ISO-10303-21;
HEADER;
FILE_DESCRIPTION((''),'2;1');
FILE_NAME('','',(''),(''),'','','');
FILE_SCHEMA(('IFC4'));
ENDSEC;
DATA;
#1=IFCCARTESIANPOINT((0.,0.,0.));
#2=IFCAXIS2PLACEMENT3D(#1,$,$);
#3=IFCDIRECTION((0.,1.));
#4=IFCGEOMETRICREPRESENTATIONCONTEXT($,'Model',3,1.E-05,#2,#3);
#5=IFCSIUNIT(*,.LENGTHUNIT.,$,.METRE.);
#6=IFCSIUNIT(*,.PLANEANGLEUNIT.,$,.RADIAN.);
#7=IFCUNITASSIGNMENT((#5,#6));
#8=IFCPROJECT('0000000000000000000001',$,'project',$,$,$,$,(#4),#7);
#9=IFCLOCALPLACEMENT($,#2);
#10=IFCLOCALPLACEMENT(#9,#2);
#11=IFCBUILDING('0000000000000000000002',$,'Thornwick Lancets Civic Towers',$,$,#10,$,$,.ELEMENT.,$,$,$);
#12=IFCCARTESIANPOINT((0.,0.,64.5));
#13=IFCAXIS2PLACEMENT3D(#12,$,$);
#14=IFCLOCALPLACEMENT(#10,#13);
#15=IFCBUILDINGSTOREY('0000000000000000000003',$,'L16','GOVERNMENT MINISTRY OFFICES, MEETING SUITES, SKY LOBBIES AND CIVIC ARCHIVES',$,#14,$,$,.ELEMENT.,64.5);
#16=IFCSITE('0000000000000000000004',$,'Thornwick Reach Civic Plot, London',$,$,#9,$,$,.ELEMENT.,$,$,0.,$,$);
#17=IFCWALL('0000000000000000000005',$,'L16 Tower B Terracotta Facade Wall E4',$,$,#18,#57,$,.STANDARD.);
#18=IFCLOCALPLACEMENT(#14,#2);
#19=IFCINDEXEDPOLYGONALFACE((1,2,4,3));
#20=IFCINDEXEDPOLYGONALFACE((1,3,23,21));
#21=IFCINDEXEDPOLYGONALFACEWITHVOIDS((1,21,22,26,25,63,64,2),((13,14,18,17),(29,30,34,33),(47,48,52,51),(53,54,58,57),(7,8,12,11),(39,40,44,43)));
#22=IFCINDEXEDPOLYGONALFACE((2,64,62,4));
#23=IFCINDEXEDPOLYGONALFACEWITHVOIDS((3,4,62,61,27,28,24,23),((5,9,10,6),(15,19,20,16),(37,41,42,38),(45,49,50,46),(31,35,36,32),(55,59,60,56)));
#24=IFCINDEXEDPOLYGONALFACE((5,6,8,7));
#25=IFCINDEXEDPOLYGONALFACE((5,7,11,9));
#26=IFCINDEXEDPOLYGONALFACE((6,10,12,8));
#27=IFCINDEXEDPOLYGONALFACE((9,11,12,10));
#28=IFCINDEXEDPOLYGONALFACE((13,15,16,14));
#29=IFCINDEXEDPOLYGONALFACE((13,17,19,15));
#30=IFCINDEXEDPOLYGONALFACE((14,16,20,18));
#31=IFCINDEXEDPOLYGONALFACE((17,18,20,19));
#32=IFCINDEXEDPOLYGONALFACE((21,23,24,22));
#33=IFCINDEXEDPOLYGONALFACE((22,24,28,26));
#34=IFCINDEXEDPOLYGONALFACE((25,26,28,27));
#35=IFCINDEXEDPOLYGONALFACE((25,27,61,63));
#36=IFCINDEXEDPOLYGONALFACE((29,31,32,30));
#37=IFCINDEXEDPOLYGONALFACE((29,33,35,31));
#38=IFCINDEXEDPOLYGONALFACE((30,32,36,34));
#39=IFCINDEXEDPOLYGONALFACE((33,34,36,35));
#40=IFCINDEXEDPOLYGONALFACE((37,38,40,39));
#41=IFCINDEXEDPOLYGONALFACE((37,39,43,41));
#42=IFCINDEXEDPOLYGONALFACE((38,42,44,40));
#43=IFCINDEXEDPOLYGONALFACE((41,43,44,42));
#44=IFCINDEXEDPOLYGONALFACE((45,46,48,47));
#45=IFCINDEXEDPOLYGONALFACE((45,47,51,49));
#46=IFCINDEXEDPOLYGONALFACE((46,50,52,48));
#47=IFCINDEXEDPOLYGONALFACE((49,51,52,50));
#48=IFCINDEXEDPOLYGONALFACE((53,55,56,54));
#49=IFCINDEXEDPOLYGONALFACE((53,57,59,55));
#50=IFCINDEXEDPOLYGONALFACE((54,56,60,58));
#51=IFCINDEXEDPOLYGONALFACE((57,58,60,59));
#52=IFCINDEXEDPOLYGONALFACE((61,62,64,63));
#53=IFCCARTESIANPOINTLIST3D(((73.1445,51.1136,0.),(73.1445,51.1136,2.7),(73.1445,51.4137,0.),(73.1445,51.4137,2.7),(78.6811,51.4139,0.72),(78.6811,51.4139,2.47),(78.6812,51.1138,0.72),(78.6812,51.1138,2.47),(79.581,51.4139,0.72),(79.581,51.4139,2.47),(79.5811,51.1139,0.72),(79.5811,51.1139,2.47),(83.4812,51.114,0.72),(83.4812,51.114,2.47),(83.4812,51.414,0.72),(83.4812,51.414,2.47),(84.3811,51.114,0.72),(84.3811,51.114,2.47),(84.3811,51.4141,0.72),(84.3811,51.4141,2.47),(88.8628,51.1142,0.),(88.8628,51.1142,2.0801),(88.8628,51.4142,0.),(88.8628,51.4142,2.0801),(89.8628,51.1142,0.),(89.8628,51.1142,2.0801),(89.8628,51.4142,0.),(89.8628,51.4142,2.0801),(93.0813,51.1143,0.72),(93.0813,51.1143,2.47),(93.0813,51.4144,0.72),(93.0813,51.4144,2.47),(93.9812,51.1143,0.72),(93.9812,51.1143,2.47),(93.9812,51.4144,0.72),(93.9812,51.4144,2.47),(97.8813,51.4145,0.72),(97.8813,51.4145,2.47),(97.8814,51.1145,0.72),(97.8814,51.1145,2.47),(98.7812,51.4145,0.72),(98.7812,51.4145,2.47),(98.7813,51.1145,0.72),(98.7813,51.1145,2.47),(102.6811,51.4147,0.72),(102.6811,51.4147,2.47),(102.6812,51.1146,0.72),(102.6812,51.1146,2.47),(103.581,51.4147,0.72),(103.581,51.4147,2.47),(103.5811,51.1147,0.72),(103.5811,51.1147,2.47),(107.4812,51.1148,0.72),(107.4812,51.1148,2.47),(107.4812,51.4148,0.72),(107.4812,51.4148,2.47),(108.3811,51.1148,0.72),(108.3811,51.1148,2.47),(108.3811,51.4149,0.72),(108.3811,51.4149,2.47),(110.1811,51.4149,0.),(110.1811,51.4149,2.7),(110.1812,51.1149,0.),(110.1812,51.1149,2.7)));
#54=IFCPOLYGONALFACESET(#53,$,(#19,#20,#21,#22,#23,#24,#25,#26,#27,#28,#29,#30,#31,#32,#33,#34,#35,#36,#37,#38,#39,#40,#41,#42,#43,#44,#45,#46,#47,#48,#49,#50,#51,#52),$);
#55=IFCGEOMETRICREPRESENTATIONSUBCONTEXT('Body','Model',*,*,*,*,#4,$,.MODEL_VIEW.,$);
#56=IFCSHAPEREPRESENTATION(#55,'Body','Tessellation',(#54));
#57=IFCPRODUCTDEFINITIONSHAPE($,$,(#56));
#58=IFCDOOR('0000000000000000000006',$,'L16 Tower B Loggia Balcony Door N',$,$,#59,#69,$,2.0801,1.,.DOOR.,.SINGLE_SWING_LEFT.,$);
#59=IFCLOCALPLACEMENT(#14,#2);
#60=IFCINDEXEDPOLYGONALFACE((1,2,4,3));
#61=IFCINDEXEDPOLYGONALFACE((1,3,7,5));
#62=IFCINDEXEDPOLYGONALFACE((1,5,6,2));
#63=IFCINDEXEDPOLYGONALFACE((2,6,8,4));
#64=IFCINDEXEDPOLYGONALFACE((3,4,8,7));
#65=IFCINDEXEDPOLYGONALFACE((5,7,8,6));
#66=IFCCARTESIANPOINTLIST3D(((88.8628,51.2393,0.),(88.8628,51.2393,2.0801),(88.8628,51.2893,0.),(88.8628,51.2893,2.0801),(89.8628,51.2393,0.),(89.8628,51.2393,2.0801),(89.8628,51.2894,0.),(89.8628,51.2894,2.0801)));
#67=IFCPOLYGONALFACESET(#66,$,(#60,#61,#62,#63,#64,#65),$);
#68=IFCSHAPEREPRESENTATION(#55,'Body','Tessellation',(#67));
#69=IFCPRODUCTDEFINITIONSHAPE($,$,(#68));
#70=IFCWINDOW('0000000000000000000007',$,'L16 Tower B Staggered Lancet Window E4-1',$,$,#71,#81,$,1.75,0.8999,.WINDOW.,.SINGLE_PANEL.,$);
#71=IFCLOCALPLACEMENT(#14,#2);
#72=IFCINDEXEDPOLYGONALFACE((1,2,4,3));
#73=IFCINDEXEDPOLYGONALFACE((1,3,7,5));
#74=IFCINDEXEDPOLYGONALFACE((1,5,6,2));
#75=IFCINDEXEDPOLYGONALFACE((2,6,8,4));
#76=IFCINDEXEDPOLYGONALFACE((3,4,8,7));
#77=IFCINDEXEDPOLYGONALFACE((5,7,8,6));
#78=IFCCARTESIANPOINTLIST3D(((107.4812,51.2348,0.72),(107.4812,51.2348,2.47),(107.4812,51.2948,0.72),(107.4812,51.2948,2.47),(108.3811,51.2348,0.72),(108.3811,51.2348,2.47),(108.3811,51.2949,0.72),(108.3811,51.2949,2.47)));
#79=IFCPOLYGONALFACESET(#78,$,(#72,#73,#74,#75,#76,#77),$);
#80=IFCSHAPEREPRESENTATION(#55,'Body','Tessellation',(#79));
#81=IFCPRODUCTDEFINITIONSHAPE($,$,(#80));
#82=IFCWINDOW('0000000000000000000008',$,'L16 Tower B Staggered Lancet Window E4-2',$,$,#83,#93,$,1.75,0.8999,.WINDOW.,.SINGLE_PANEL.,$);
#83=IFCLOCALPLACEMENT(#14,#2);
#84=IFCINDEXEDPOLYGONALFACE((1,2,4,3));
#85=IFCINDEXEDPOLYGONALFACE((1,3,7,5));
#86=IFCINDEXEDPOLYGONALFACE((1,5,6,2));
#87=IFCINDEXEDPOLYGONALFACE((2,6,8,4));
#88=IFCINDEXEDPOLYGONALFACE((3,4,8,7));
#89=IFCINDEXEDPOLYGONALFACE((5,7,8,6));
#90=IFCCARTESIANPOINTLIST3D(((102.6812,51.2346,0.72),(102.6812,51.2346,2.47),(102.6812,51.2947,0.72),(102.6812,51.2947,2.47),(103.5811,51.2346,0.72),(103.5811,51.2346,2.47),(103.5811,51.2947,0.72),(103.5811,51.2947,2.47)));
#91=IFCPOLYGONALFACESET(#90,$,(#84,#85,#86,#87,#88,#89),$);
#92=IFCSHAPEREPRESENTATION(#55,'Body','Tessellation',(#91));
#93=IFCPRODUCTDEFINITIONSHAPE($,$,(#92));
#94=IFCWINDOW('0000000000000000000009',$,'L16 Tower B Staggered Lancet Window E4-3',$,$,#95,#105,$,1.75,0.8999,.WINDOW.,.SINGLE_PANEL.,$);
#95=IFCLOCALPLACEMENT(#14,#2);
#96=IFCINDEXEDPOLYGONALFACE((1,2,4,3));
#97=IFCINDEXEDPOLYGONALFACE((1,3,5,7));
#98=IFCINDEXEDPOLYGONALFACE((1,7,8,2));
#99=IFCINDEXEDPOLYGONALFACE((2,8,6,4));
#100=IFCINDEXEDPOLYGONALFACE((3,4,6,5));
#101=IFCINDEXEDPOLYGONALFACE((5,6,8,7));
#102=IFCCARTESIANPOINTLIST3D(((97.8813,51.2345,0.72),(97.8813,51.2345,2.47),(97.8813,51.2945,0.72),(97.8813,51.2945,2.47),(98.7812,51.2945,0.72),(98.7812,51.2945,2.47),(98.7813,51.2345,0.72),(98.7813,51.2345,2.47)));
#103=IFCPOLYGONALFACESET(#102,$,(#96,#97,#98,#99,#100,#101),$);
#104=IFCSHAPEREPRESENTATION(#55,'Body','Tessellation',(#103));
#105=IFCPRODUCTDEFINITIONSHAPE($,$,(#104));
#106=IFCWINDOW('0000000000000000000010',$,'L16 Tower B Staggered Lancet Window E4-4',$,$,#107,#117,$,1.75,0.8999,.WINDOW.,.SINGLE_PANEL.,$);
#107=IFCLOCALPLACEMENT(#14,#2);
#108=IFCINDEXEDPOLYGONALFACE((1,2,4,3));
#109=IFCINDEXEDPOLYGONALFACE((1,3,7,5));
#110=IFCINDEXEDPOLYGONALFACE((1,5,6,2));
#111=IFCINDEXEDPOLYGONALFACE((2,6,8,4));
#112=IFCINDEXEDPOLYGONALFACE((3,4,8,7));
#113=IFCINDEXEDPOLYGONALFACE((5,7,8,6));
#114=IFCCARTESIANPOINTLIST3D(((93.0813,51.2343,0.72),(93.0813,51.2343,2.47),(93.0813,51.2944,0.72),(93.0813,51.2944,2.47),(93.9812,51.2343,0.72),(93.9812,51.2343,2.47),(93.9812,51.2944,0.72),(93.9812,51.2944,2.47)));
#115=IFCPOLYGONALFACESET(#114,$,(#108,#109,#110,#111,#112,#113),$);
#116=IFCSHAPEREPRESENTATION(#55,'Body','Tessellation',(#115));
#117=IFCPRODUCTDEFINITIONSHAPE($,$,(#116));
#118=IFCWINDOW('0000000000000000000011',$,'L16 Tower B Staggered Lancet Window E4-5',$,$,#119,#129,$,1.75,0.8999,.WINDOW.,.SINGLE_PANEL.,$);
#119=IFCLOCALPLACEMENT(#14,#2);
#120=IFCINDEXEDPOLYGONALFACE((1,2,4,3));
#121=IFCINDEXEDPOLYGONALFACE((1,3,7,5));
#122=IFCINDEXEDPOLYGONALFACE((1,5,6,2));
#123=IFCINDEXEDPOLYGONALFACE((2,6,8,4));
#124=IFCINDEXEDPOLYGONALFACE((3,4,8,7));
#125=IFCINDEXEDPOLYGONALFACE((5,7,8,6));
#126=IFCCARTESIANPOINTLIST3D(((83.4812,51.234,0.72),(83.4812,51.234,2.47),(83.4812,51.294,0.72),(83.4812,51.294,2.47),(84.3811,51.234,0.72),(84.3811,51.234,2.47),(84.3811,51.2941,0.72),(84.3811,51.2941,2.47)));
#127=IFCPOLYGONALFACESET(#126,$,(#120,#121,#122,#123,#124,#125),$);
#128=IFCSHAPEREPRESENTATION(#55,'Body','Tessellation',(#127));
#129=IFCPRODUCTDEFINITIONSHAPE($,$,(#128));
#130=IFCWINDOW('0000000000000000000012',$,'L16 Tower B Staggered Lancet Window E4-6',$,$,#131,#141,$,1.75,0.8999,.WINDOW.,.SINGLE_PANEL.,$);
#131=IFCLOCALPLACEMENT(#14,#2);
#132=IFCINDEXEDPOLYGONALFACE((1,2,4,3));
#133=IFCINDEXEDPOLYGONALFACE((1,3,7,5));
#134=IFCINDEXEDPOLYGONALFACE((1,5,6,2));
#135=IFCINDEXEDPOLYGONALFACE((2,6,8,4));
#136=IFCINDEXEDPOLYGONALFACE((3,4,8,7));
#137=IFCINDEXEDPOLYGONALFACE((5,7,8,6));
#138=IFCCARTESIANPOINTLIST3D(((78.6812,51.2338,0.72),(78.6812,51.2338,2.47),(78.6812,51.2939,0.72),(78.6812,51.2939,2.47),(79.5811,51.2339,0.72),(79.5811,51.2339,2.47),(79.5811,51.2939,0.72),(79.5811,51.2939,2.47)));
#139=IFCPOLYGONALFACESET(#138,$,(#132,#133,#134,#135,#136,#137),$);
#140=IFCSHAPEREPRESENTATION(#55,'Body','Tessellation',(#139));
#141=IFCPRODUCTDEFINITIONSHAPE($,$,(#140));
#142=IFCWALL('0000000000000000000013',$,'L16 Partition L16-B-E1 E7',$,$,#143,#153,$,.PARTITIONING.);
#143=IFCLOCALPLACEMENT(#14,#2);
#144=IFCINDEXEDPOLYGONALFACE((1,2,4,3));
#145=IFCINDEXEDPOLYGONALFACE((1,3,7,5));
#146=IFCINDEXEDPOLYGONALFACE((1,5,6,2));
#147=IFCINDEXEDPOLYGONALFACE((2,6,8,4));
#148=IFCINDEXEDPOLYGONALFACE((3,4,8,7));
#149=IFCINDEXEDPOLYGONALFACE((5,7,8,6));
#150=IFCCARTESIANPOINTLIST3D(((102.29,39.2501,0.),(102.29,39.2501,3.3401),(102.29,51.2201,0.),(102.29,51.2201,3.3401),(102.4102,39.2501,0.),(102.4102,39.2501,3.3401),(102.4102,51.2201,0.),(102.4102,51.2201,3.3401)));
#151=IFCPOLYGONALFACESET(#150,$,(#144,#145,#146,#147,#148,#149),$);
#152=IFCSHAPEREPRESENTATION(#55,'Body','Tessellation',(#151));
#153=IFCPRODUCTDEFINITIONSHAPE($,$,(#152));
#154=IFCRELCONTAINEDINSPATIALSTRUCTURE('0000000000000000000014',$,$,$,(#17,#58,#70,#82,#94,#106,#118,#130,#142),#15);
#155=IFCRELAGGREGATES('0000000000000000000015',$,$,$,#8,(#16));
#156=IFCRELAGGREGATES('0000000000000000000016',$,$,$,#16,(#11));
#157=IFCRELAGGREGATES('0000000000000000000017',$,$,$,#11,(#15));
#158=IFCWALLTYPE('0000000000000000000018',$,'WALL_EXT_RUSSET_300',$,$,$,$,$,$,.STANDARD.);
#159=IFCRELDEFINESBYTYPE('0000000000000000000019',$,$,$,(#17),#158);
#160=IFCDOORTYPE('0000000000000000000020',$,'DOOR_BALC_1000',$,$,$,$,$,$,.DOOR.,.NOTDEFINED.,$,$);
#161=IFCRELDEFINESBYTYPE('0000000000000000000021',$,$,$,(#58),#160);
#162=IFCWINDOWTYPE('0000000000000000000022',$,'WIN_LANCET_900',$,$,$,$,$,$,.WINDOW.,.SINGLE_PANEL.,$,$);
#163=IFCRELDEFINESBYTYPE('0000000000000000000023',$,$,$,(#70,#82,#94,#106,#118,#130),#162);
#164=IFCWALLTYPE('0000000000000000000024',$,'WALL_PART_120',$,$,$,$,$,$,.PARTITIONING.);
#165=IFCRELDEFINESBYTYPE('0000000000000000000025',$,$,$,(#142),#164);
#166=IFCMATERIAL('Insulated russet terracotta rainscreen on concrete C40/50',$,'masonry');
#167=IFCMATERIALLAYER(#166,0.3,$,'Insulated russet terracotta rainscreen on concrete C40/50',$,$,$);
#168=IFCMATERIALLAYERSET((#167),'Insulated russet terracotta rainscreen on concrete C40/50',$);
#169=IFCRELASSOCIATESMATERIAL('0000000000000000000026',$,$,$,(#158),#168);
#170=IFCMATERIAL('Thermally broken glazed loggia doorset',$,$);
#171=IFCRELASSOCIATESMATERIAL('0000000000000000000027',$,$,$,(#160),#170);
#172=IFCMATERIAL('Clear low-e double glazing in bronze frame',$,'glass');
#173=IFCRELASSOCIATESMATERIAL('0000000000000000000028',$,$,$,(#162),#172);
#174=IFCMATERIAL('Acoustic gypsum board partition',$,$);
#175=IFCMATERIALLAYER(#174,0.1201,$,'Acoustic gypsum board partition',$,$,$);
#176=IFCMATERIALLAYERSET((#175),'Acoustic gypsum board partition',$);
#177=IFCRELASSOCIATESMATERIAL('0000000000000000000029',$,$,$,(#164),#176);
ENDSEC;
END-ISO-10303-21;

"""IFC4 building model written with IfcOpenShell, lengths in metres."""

from ifc_helpers import new_model, si_unit, direction, frame, frame_2d, origin, place, context, subcontext, project, spatial, rectangle, extrude, material, layer, layer_set, type_object, element, fill, save


model = new_model("IFC4")

# Units and contexts
model_context = context("Model", 3, precision=1e-05, world=origin(), true_north=direction((0.0, 1.0)))
body_context = subcontext(model_context, "Body", "Model", "MODEL_VIEW")
ifc_project = project(units=[si_unit("LENGTHUNIT", "METRE"), si_unit("PLANEANGLEUNIT", "RADIAN")], contexts=[model_context])

# Site, building, storey
site_placement = place(None, origin())
site = spatial("IfcSite", under=ifc_project, at=site_placement, Name="Thornwick Reach Civic Plot, London", CompositionType="ELEMENT", RefElevation=0.0)
building_placement = place(site_placement, origin())
building = spatial("IfcBuilding", under=site, at=building_placement, Name="Thornwick Lancets Civic Towers", CompositionType="ELEMENT")
storey_placement = place(building_placement, frame((0.0, 0.0, 64.5)))
storey = spatial("IfcBuildingStorey", under=building, at=storey_placement, Name="L16", Description="GOVERNMENT MINISTRY OFFICES, MEETING SUITES, SKY LOBBIES AND CIVIC ARCHIVES", CompositionType="ELEMENT", Elevation=64.5)

# Wall, openings, door, windows
ifc_material_1 = material(Name="Insulated russet terracotta rainscreen on concrete C40/50", Category="masonry")
ifc_layer_1 = layer(ifc_material_1, 0.3, Name="Insulated russet terracotta rainscreen on concrete C40/50")
ifc_layer_set_1 = layer_set([ifc_layer_1], Name="Insulated russet terracotta rainscreen on concrete C40/50")
wall_type_1 = type_object("IfcWallType", Name="WALL_EXT_RUSSET_300", PredefinedType="STANDARD", material=ifc_layer_set_1)
wall_1_placement = place(storey_placement, frame((110.1812, 51.2649, 0.0), z_axis=(0.0, 0.0, 1.0), x_axis=(-1.0, -0.000033, 0.0)))
wall_1 = element("IfcWall", 1, at=wall_1_placement, inside=storey, type_object=wall_type_1, Name="L16 Tower B Terracotta Facade Wall E4", PredefinedType="STANDARD", context=body_context, shape_type="SweptSolid", body=[
    extrude(rectangle(XDim=37.0366, YDim=0.3, at=frame_2d((18.5183, 0.0))), origin(), (0.0, 0.0, 1.0), 2.7),
])
opening_1_placement = place(wall_1_placement, frame((20.3184, 0.0, 0.0)))
opening_1 = element("IfcOpeningElement", 2, at=opening_1_placement, cuts=wall_1, PredefinedType="OPENING", context=body_context, shape_type="SweptSolid", body=[
    extrude(rectangle(XDim=1.0, YDim=2.0801, at=frame_2d((0.5, 1.04))), frame((0.0, 0.1602, 0.0), z_axis=(0.0, -1.0, 0.0), x_axis=(1.0, 0.0, 0.0)), (0.0, 0.0, 1.0), 0.3201),
])
opening_2_placement = place(wall_1_placement, frame((1.8, 0.0, 0.72)))
opening_2 = element("IfcOpeningElement", 3, at=opening_2_placement, cuts=wall_1, PredefinedType="OPENING", context=body_context, shape_type="SweptSolid", body=[
    extrude(rectangle(XDim=0.8999, YDim=1.75, at=frame_2d((0.45, 0.875))), frame((0.0, 0.1602, 0.0), z_axis=(0.0, -1.0, 0.0), x_axis=(1.0, 0.0, 0.0)), (0.0, 0.0, 1.0), 0.3201),
])
opening_3_placement = place(wall_1_placement, frame((6.6001, 0.0, 0.72)))
opening_3 = element("IfcOpeningElement", 4, at=opening_3_placement, cuts=wall_1, PredefinedType="OPENING", context=body_context, shape_type="SweptSolid", body=[
    extrude(rectangle(XDim=0.8999, YDim=1.75, at=frame_2d((0.45, 0.875))), frame((0.0, 0.1602, 0.0), z_axis=(0.0, -1.0, 0.0), x_axis=(1.0, 0.0, 0.0)), (0.0, 0.0, 1.0), 0.3201),
])
opening_4_placement = place(wall_1_placement, frame((11.3999, 0.0, 0.72)))
opening_4 = element("IfcOpeningElement", 5, at=opening_4_placement, cuts=wall_1, PredefinedType="OPENING", context=body_context, shape_type="SweptSolid", body=[
    extrude(rectangle(XDim=0.8999, YDim=1.75, at=frame_2d((0.45, 0.875))), frame((0.0, 0.1602, 0.0), z_axis=(0.0, -1.0, 0.0), x_axis=(1.0, 0.0, 0.0)), (0.0, 0.0, 1.0), 0.3201),
])
opening_5_placement = place(wall_1_placement, frame((16.2, 0.0, 0.72)))
opening_5 = element("IfcOpeningElement", 6, at=opening_5_placement, cuts=wall_1, PredefinedType="OPENING", context=body_context, shape_type="SweptSolid", body=[
    extrude(rectangle(XDim=0.8999, YDim=1.75, at=frame_2d((0.45, 0.875))), frame((0.0, 0.1602, 0.0), z_axis=(0.0, -1.0, 0.0), x_axis=(1.0, 0.0, 0.0)), (0.0, 0.0, 1.0), 0.3201),
])
opening_6_placement = place(wall_1_placement, frame((25.8, 0.0, 0.72)))
opening_6 = element("IfcOpeningElement", 7, at=opening_6_placement, cuts=wall_1, PredefinedType="OPENING", context=body_context, shape_type="SweptSolid", body=[
    extrude(rectangle(XDim=0.8999, YDim=1.75, at=frame_2d((0.45, 0.875))), frame((0.0, 0.1602, 0.0), z_axis=(0.0, -1.0, 0.0), x_axis=(1.0, 0.0, 0.0)), (0.0, 0.0, 1.0), 0.3201),
])
opening_7_placement = place(wall_1_placement, frame((30.6001, 0.0, 0.72)))
opening_7 = element("IfcOpeningElement", 8, at=opening_7_placement, cuts=wall_1, PredefinedType="OPENING", context=body_context, shape_type="SweptSolid", body=[
    extrude(rectangle(XDim=0.8999, YDim=1.75, at=frame_2d((0.45, 0.875))), frame((0.0, 0.1602, 0.0), z_axis=(0.0, -1.0, 0.0), x_axis=(1.0, 0.0, 0.0)), (0.0, 0.0, 1.0), 0.3201),
])
ifc_material_2 = material(Name="Thermally broken glazed loggia doorset")
door_type = type_object("IfcDoorType", Name="DOOR_BALC_1000", OperationType="NOTDEFINED", PredefinedType="DOOR", material=ifc_material_2)
door_placement = place(opening_1_placement, origin())
door = element("IfcDoor", 9, at=door_placement, inside=storey, type_object=door_type, Name="L16 Tower B Loggia Balcony Door N", OperationType="SINGLE_SWING_LEFT", OverallHeight=2.0801, OverallWidth=1.0, PredefinedType="DOOR", context=body_context, shape_type="SweptSolid", body=[
    extrude(rectangle(XDim=1.0, YDim=2.0801, at=frame_2d((0.5, 1.04))), frame((0.0, 0.0249, 0.0), z_axis=(0.0, -1.0, 0.0), x_axis=(1.0, 0.0, 0.0)), (0.0, 0.0, 1.0), 0.05),
])
fill(opening_1, door)
ifc_material_3 = material(Name="Clear low-e double glazing in bronze frame", Category="glass")
window_type = type_object("IfcWindowType", Name="WIN_LANCET_900", PartitioningType="SINGLE_PANEL", PredefinedType="WINDOW", material=ifc_material_3)
window_1_placement = place(opening_2_placement, origin())
window_1 = element("IfcWindow", 10, at=window_1_placement, inside=storey, type_object=window_type, Name="L16 Tower B Staggered Lancet Window E4-1", OverallHeight=1.75, OverallWidth=0.8999, PartitioningType="SINGLE_PANEL", PredefinedType="WINDOW", context=body_context, shape_type="SweptSolid", body=[
    extrude(rectangle(XDim=0.8999, YDim=1.75, at=frame_2d((0.45, 0.875))), frame((0.0, 0.03, 0.0), z_axis=(0.0, -1.0, 0.0), x_axis=(1.0, 0.0, 0.0)), (0.0, 0.0, 1.0), 0.0601),
])
fill(opening_2, window_1)
window_2_placement = place(opening_3_placement, origin())
window_2 = element("IfcWindow", 11, at=window_2_placement, inside=storey, type_object=window_type, Name="L16 Tower B Staggered Lancet Window E4-2", OverallHeight=1.75, OverallWidth=0.8999, PartitioningType="SINGLE_PANEL", PredefinedType="WINDOW", context=body_context, shape_type="SweptSolid", body=[
    extrude(rectangle(XDim=0.8999, YDim=1.75, at=frame_2d((0.45, 0.875))), frame((0.0, 0.03, 0.0), z_axis=(0.0, -1.0, 0.0), x_axis=(1.0, 0.0, 0.0)), (0.0, 0.0, 1.0), 0.0601),
])
fill(opening_3, window_2)
window_3_placement = place(opening_4_placement, origin())
window_3 = element("IfcWindow", 12, at=window_3_placement, inside=storey, type_object=window_type, Name="L16 Tower B Staggered Lancet Window E4-3", OverallHeight=1.75, OverallWidth=0.8999, PartitioningType="SINGLE_PANEL", PredefinedType="WINDOW", context=body_context, shape_type="SweptSolid", body=[
    extrude(rectangle(XDim=0.8999, YDim=1.75, at=frame_2d((0.45, 0.875))), frame((0.0, 0.03, 0.0), z_axis=(0.0, -1.0, 0.0), x_axis=(1.0, 0.0, 0.0)), (0.0, 0.0, 1.0), 0.0601),
])
fill(opening_4, window_3)
window_4_placement = place(opening_5_placement, origin())
window_4 = element("IfcWindow", 13, at=window_4_placement, inside=storey, type_object=window_type, Name="L16 Tower B Staggered Lancet Window E4-4", OverallHeight=1.75, OverallWidth=0.8999, PartitioningType="SINGLE_PANEL", PredefinedType="WINDOW", context=body_context, shape_type="SweptSolid", body=[
    extrude(rectangle(XDim=0.8999, YDim=1.75, at=frame_2d((0.45, 0.875))), frame((0.0, 0.03, 0.0), z_axis=(0.0, -1.0, 0.0), x_axis=(1.0, 0.0, 0.0)), (0.0, 0.0, 1.0), 0.0601),
])
fill(opening_5, window_4)
window_5_placement = place(opening_6_placement, origin())
window_5 = element("IfcWindow", 14, at=window_5_placement, inside=storey, type_object=window_type, Name="L16 Tower B Staggered Lancet Window E4-5", OverallHeight=1.75, OverallWidth=0.8999, PartitioningType="SINGLE_PANEL", PredefinedType="WINDOW", context=body_context, shape_type="SweptSolid", body=[
    extrude(rectangle(XDim=0.8999, YDim=1.75, at=frame_2d((0.45, 0.875))), frame((0.0, 0.03, 0.0), z_axis=(0.0, -1.0, 0.0), x_axis=(1.0, 0.0, 0.0)), (0.0, 0.0, 1.0), 0.0601),
])
fill(opening_6, window_5)
window_6_placement = place(opening_7_placement, origin())
window_6 = element("IfcWindow", 15, at=window_6_placement, inside=storey, type_object=window_type, Name="L16 Tower B Staggered Lancet Window E4-6", OverallHeight=1.75, OverallWidth=0.8999, PartitioningType="SINGLE_PANEL", PredefinedType="WINDOW", context=body_context, shape_type="SweptSolid", body=[
    extrude(rectangle(XDim=0.8999, YDim=1.75, at=frame_2d((0.45, 0.875))), frame((0.0, 0.03, 0.0), z_axis=(0.0, -1.0, 0.0), x_axis=(1.0, 0.0, 0.0)), (0.0, 0.0, 1.0), 0.0601),
])
fill(opening_7, window_6)

# Wall
ifc_material_4 = material(Name="Acoustic gypsum board partition")
ifc_layer_2 = layer(ifc_material_4, 0.1201, Name="Acoustic gypsum board partition")
ifc_layer_set_2 = layer_set([ifc_layer_2], Name="Acoustic gypsum board partition")
wall_type_2 = type_object("IfcWallType", Name="WALL_PART_120", PredefinedType="PARTITIONING", material=ifc_layer_set_2)
wall_2_placement = place(storey_placement, frame((102.3501, 51.22, 0.0), z_axis=(0.0, 0.0, 1.0), x_axis=(0.0, -1.0, 0.0)))
element("IfcWall", 16, at=wall_2_placement, inside=storey, type_object=wall_type_2, Name="L16 Partition L16-B-E1 E7", PredefinedType="PARTITIONING", context=body_context, shape_type="SweptSolid", body=[
    extrude(rectangle(XDim=11.97, YDim=0.1201, at=frame_2d((5.9849, 0.0))), origin(), (0.0, 0.0, 1.0), 3.3401),
])

save(model, "model.ifc")
